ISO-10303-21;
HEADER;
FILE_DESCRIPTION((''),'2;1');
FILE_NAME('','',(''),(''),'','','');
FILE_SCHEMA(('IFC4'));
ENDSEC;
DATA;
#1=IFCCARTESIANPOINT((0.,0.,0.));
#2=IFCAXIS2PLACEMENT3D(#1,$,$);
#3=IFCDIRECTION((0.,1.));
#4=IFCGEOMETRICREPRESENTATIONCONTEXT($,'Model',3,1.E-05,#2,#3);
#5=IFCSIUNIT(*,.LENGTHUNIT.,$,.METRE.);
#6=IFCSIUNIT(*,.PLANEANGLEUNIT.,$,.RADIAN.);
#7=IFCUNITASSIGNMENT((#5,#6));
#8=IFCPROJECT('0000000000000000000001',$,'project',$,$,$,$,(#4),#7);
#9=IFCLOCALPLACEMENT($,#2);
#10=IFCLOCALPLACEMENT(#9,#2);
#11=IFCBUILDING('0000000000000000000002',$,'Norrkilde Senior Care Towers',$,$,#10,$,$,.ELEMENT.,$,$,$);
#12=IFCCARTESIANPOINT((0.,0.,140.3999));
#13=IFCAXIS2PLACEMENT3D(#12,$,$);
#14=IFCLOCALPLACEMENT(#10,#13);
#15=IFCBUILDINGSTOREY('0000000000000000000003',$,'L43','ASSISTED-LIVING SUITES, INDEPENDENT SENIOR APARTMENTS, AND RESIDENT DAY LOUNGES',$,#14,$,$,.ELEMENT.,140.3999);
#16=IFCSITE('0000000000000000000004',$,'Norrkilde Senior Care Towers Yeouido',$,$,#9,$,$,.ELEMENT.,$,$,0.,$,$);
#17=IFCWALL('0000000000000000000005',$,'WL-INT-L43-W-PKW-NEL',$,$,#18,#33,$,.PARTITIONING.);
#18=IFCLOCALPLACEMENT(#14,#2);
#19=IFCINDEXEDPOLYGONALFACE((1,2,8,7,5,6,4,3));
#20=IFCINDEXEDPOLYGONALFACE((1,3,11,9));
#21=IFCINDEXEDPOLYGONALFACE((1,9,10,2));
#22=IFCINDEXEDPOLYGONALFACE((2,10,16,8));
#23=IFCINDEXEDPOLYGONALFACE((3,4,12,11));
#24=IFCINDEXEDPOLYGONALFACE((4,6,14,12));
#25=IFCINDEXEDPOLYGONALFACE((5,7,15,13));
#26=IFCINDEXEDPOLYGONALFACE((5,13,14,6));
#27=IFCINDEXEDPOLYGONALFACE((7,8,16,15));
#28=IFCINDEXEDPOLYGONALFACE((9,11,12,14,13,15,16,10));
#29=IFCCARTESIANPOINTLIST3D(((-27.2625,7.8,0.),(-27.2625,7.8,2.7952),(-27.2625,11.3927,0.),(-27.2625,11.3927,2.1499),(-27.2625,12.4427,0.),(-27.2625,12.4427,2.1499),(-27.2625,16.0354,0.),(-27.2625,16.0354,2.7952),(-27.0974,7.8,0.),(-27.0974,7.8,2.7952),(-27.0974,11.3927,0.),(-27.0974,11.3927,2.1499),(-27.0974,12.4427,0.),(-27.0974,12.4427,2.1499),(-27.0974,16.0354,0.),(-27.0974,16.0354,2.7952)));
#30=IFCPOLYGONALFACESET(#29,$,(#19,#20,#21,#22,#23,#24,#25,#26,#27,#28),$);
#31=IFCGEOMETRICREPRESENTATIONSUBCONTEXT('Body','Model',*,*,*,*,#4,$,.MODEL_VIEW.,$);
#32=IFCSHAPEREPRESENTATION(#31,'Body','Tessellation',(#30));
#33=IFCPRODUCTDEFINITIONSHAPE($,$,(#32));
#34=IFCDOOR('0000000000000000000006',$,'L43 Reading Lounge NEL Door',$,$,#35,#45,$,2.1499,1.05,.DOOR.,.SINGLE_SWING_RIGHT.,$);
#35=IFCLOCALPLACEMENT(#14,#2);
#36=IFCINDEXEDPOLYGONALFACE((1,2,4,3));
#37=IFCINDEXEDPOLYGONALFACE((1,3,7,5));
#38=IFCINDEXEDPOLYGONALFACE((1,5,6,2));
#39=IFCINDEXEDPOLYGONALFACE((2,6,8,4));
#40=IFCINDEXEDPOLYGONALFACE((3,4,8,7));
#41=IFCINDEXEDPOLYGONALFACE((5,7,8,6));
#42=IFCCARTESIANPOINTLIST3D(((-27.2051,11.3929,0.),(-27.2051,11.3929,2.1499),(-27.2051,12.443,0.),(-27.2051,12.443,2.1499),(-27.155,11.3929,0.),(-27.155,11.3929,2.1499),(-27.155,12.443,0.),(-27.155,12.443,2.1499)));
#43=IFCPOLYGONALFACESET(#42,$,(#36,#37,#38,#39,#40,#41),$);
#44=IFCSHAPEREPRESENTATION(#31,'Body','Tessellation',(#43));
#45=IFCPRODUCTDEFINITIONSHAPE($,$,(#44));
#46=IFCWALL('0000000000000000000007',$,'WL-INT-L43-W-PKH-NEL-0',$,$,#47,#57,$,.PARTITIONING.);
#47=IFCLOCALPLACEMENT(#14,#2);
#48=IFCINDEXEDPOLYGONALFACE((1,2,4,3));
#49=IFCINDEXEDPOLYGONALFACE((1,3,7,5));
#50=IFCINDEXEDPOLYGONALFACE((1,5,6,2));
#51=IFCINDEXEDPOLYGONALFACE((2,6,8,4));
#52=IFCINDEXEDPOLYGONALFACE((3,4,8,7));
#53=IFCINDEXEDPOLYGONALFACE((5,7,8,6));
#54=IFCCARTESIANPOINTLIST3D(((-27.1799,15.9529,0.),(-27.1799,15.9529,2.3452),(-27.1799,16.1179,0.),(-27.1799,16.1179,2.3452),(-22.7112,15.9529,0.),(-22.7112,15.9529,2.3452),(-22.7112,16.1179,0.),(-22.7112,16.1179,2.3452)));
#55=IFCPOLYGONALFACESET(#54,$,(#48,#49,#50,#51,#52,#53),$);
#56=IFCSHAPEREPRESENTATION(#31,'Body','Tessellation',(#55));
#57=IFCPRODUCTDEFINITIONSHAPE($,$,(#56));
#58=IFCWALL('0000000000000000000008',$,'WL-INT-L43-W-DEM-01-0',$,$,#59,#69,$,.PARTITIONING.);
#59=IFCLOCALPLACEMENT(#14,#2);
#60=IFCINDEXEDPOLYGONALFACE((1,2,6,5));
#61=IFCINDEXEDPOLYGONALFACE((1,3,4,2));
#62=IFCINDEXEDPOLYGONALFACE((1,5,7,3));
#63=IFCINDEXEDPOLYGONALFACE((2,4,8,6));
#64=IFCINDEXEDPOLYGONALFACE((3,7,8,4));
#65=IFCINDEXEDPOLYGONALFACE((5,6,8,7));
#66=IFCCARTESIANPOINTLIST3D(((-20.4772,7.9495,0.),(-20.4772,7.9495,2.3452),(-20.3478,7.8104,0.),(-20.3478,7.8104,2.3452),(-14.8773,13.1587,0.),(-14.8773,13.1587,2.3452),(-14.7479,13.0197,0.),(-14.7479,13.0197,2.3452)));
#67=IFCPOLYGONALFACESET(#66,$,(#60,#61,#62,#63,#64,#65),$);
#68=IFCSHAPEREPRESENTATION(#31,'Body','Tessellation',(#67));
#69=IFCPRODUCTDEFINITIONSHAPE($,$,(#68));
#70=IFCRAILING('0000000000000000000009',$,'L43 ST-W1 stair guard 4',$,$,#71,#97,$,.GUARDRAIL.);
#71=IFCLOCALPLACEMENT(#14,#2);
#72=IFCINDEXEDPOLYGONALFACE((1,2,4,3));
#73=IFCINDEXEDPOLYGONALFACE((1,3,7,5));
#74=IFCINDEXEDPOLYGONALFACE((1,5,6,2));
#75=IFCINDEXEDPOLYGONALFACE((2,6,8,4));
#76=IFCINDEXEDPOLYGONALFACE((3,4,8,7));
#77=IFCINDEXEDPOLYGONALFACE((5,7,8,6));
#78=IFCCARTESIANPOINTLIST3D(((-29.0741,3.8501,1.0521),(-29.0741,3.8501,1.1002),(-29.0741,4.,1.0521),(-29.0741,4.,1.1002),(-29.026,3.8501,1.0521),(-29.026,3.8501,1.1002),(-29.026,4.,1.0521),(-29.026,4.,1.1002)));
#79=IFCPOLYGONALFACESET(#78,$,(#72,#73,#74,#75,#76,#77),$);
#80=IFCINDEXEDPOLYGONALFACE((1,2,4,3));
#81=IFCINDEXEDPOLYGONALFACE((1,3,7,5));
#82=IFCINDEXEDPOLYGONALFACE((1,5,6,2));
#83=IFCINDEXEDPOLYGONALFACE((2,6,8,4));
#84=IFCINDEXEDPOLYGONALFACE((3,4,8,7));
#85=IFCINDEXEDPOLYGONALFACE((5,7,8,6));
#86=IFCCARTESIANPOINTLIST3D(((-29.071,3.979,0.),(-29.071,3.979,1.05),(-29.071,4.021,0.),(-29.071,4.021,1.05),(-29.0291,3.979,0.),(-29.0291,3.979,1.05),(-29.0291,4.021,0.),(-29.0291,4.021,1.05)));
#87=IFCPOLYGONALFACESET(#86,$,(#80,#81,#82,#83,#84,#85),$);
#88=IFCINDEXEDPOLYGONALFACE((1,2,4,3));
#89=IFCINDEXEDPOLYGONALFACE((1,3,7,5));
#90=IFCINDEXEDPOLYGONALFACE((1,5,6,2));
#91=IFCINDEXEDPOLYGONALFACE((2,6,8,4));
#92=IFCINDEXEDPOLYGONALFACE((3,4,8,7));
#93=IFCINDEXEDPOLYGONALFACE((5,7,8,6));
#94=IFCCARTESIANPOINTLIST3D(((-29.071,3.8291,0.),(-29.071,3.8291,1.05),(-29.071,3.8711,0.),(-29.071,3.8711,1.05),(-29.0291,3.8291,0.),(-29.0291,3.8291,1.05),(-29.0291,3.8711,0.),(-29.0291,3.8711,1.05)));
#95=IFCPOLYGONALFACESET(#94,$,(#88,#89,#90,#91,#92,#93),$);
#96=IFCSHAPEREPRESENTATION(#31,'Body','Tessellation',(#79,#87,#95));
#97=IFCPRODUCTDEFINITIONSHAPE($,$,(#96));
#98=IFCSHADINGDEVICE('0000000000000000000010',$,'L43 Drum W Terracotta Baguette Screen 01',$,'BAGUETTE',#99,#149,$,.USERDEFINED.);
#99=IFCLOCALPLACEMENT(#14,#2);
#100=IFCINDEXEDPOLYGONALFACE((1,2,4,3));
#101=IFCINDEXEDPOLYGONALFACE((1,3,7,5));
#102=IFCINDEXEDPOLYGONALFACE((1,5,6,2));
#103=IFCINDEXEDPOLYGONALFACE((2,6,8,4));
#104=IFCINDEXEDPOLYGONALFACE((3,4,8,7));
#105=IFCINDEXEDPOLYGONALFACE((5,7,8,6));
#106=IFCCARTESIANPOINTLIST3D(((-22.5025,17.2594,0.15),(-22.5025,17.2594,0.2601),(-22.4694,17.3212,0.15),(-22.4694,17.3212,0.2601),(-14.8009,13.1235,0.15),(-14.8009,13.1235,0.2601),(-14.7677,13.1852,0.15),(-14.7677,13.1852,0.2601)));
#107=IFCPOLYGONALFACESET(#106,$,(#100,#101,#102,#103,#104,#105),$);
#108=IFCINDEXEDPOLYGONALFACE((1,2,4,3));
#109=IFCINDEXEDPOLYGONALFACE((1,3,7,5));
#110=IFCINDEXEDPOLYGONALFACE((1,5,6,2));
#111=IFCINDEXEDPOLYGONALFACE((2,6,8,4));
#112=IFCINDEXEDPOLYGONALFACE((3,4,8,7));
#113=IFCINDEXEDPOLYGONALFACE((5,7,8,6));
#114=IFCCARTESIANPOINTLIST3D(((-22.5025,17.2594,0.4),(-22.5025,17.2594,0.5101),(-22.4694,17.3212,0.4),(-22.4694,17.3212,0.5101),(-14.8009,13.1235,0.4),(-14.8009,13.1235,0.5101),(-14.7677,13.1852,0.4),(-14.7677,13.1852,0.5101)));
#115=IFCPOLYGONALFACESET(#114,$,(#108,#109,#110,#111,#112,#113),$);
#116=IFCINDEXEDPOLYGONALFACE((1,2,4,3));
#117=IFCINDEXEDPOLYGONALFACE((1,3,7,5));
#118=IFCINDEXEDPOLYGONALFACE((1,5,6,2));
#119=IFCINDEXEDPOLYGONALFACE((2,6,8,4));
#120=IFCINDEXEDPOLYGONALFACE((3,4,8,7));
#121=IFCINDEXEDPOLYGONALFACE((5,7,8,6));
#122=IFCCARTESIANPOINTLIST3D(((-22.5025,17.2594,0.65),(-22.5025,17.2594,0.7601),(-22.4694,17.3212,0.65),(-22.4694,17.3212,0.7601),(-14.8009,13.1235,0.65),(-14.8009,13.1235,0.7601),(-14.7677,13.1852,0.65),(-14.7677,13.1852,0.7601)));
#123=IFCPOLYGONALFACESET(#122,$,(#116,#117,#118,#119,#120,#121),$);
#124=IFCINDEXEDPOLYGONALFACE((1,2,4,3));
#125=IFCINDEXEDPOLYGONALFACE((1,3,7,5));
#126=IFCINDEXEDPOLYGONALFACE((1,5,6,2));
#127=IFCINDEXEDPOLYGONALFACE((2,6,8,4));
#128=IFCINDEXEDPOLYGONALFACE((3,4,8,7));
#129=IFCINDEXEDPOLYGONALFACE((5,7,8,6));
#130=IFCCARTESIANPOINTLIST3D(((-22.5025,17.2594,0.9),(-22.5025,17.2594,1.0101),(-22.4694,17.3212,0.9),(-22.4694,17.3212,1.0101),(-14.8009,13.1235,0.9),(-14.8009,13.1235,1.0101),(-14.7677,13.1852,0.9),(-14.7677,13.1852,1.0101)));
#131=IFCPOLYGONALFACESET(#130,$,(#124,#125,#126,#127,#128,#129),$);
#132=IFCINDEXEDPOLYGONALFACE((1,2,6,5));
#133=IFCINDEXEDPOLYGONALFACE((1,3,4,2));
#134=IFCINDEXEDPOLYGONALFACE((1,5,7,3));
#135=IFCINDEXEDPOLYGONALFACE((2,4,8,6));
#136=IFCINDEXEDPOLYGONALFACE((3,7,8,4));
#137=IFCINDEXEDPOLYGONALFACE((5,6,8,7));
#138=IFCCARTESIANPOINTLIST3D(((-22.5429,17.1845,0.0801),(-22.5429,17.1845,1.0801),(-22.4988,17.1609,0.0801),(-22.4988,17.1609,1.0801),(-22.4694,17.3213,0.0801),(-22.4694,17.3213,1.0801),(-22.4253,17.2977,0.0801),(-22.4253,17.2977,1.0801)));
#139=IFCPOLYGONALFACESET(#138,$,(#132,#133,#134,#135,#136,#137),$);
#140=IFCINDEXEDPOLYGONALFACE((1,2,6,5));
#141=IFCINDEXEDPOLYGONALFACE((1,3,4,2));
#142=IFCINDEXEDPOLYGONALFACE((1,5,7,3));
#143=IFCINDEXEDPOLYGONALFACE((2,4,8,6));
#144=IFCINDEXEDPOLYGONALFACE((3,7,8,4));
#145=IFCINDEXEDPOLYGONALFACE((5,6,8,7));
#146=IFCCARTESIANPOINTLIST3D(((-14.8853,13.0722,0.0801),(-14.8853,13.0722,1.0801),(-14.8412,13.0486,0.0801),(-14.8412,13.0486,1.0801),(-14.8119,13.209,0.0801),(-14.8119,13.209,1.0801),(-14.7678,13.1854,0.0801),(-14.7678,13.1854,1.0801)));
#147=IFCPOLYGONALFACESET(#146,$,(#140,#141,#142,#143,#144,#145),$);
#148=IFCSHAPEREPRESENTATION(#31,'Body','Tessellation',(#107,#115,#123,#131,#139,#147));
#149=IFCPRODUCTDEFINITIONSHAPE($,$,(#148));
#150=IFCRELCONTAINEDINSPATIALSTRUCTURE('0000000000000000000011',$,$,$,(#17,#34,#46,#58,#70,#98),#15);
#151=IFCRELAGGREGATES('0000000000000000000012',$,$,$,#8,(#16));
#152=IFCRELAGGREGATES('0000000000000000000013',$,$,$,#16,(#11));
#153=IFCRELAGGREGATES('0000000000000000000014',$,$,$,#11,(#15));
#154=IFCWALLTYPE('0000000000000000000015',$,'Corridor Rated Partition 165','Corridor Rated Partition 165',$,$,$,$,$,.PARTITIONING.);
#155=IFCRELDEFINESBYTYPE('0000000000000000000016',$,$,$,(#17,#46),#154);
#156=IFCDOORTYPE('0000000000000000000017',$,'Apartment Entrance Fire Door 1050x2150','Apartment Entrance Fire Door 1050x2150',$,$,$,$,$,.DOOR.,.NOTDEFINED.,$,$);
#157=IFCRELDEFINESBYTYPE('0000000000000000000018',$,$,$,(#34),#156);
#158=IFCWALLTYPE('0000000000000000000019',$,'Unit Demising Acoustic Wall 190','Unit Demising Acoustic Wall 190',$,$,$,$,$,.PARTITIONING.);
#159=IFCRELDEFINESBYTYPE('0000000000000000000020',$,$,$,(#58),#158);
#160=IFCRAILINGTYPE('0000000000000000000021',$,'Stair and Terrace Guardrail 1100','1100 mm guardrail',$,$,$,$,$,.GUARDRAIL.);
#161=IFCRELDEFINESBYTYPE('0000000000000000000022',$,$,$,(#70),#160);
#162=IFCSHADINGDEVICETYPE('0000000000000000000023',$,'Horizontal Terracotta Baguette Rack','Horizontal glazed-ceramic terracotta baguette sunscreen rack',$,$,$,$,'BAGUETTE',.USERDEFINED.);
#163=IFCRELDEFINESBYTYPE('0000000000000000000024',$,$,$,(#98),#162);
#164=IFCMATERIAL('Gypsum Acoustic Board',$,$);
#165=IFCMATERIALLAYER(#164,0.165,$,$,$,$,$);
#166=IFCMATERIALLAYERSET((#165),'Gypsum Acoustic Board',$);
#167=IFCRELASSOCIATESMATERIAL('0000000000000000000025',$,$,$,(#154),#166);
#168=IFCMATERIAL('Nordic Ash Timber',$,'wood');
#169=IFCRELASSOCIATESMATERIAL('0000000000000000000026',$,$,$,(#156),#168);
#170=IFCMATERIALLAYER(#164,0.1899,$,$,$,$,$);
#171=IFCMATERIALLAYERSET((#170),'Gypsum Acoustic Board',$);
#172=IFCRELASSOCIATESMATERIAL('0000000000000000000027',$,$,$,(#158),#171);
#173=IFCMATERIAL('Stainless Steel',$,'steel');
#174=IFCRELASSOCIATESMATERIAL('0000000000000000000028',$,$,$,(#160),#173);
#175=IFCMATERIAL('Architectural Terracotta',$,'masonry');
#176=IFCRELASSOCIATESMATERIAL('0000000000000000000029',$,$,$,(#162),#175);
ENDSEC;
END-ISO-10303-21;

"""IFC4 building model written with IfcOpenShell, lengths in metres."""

from ifc_helpers import new_model, si_unit, direction, frame, frame_2d, origin, origin_2d, place, context, subcontext, project, spatial, rectangle, extrude, source, transform, mapped, material, layer, layer_set, type_object, type_shapes, element, fill, save


model = new_model("IFC4")

# Units and contexts
model_context = context("Model", 3, precision=1e-05, world=origin(), true_north=direction((0.0, 1.0)))
body_context = subcontext(model_context, "Body", "Model", "MODEL_VIEW")
ifc_project = project(units=[si_unit("LENGTHUNIT", "METRE"), si_unit("PLANEANGLEUNIT", "RADIAN")], contexts=[model_context])

# Site, building, storey
site_placement = place(None, origin())
site = spatial("IfcSite", under=ifc_project, at=site_placement, Name="Norrkilde Senior Care Towers Yeouido", CompositionType="ELEMENT", RefElevation=0.0)
building_placement = place(site_placement, origin())
building = spatial("IfcBuilding", under=site, at=building_placement, Name="Norrkilde Senior Care Towers", CompositionType="ELEMENT")
storey_placement = place(building_placement, frame((0.0, 0.0, 140.3999)))
storey = spatial("IfcBuildingStorey", under=building, at=storey_placement, Name="L43", Description="ASSISTED-LIVING SUITES, INDEPENDENT SENIOR APARTMENTS, AND RESIDENT DAY LOUNGES", CompositionType="ELEMENT", Elevation=140.3999)

# Shared definitions
ifc_material_1 = material(Name="Stainless Steel", Category="steel")

# Shared definitions
ifc_material_2 = material(Name="Gypsum Acoustic Board")
ifc_layer_1 = layer(ifc_material_2, 0.165)
ifc_layer_set_1 = layer_set([ifc_layer_1], Name="Gypsum Acoustic Board")
wall_type_1 = type_object("IfcWallType", Name="Corridor Rated Partition 165", Description="Corridor Rated Partition 165", PredefinedType="PARTITIONING", material=ifc_layer_set_1)
ifc_material_3 = material(Name="Nordic Ash Timber", Category="wood")

# Wall, opening, door
shared_shape_1 = source(origin(), body_context, "Body", "SweptSolid", [
    extrude(rectangle(XDim=8.2354, YDim=0.165, at=frame_2d((4.1177, 0.0))), origin(), (0.0, 0.0, 1.0), 2.7952),
])
door_type_1 = type_object("IfcDoorType", Name="Apartment Entrance Fire Door 1050x2150", Description="Apartment Entrance Fire Door 1050x2150", OperationType="NOTDEFINED", PredefinedType="DOOR", material=ifc_material_3)
shared_shape_2 = source(origin(), body_context, "Body", "SweptSolid", [
    extrude(rectangle(XDim=1.05, YDim=2.1499, at=frame_2d((0.5249, 1.075))), frame((0.0, 0.0249, 0.0), z_axis=(0.0, -1.0, 0.0), x_axis=(1.0, 0.0, 0.0)), (0.0, 0.0, 1.0), 0.05),
])
type_shapes(door_type_1, [shared_shape_2])
wall_1_placement = place(storey_placement, frame((-27.1799, 7.8, 0.0), z_axis=(0.0, 0.0, 1.0), x_axis=(0.0, 1.0, 0.0)))
wall_1 = element("IfcWall", 1, at=wall_1_placement, inside=storey, type_object=wall_type_1, Name="WL-INT-L43-W-PKW-NEL", PredefinedType="PARTITIONING", context=body_context, shape_type="MappedRepresentation", body=[
    mapped(shared_shape_1, transform((0.0, 0.0, 0.0), x_axis=(1.0, 0.0, 0.0), y_axis=(0.0, 1.0, 0.0), z_axis=(0.0, 0.0, 1.0), scale=1.0)),
])
opening_1_placement = place(wall_1_placement, frame((3.5928, 0.0, 0.0)))
opening_1 = element("IfcOpeningElement", 2, at=opening_1_placement, cuts=wall_1, PredefinedType="OPENING", context=body_context, shape_type="SweptSolid", body=[
    extrude(rectangle(XDim=1.05, YDim=2.1499, at=frame_2d((0.5249, 1.075))), frame((0.0, 0.0925, 0.0), z_axis=(0.0, -1.0, 0.0), x_axis=(1.0, 0.0, 0.0)), (0.0, 0.0, 1.0), 0.1851),
])
door_1_placement = place(opening_1_placement, frame((1.05, 0.0, 0.0), z_axis=(0.0, 0.0, 1.0), x_axis=(-1.0, 0.0, 0.0)))
door_1 = element("IfcDoor", 3, at=door_1_placement, inside=storey, type_object=door_type_1, Name="L43 Reading Lounge NEL Door", OperationType="SINGLE_SWING_RIGHT", OverallHeight=2.1499, OverallWidth=1.05, PredefinedType="DOOR", context=body_context, shape_type="MappedRepresentation", body=[
    mapped(shared_shape_2, transform((0.0, 0.0, 0.0), x_axis=(1.0, 0.0, 0.0), y_axis=(0.0, 1.0, 0.0), z_axis=(0.0, 0.0, 1.0), scale=1.0)),
])
fill(opening_1, door_1)

# Walls
shared_shape_3 = source(origin(), body_context, "Body", "SweptSolid", [
    extrude(rectangle(XDim=4.4688, YDim=0.165, at=frame_2d((2.2344, 0.0))), origin(), (0.0, 0.0, 1.0), 2.3452),
])
wall_2_placement = place(storey_placement, frame((-27.1799, 16.0354, 0.0), z_axis=(0.0, 0.0, 1.0), x_axis=(1.0, 0.0, 0.0)))
element("IfcWall", 4, at=wall_2_placement, inside=storey, type_object=wall_type_1, Name="WL-INT-L43-W-PKH-NEL-0", PredefinedType="PARTITIONING", context=body_context, shape_type="MappedRepresentation", body=[
    mapped(shared_shape_3, transform((0.0, 0.0, 0.0), x_axis=(1.0, 0.0, 0.0), y_axis=(0.0, 1.0, 0.0), z_axis=(0.0, 0.0, 1.0), scale=1.0)),
])
ifc_layer_2 = layer(ifc_material_2, 0.1899)
ifc_layer_set_2 = layer_set([ifc_layer_2], Name="Gypsum Acoustic Board")
wall_type_2 = type_object("IfcWallType", Name="Unit Demising Acoustic Wall 190", Description="Unit Demising Acoustic Wall 190", PredefinedType="PARTITIONING", material=ifc_layer_set_2)
shared_shape_4 = source(origin(), body_context, "Body", "SweptSolid", [
    extrude(rectangle(XDim=7.6482, YDim=0.1899, at=frame_2d((3.8242, 0.0))), origin(), (0.0, 0.0, 1.0), 2.3452),
])
type_shapes(wall_type_2, [shared_shape_4])
wall_3_placement = place(storey_placement, frame((-20.4126, 7.8799, 0.0), z_axis=(0.0, 0.0, 1.0), x_axis=(0.732183, 0.681108, 0.0)))
element("IfcWall", 5, at=wall_3_placement, inside=storey, type_object=wall_type_2, Name="WL-INT-L43-W-DEM-01-0", PredefinedType="PARTITIONING", context=body_context, shape_type="MappedRepresentation", body=[
    mapped(shared_shape_4, transform((0.0, 0.0, 0.0), x_axis=(1.0, 0.0, 0.0), y_axis=(0.0, 1.0, 0.0), z_axis=(0.0, 0.0, 1.0), scale=1.0)),
])

# Railing
railing_type_1 = type_object("IfcRailingType", Name="Stair and Terrace Guardrail 1100", Description="1100 mm guardrail", PredefinedType="GUARDRAIL", material=ifc_material_1)
railing_1_placement = place(storey_placement, frame((-29.05, 4.0, 0.0)))
element("IfcRailing", 6, at=railing_1_placement, inside=storey, type_object=railing_type_1, Name="L43 ST-W1 stair guard 4", PredefinedType="GUARDRAIL", context=body_context, shape_type="SweptSolid", body=[
    extrude(rectangle(XDim=0.0481, YDim=0.0481, at=origin_2d()), frame((0.0, 0.0, 1.0762), z_axis=(0.0, -1.0, 0.0), x_axis=(1.0, 0.0, 0.0)), (0.0, 0.0, 1.0), 0.1499),
    extrude(rectangle(XDim=0.042, YDim=0.042, at=origin_2d()), origin(), (0.0, 0.0, 1.0), 1.05),
    extrude(rectangle(XDim=0.042, YDim=0.042, at=origin_2d()), frame((0.0, -0.1499, 0.0)), (0.0, 0.0, 1.0), 1.05),
])

# Shading device
ifc_material_4 = material(Name="Architectural Terracotta", Category="masonry")
shading_device_type = type_object("IfcShadingDeviceType", Name="Horizontal Terracotta Baguette Rack", Description="Horizontal glazed-ceramic terracotta baguette sunscreen rack", ElementType="BAGUETTE", PredefinedType="USERDEFINED", material=ifc_material_4)
shared_shape_5 = source(origin(), body_context, "Body", "SweptSolid", [
    extrude(rectangle(XDim=0.0701, YDim=0.1101, at=origin_2d()), frame((0.0, 0.0901, 0.125), z_axis=(1.0, 0.0, 0.0), x_axis=(0.0, 1.0, 0.0)), (0.0, 0.0, 1.0), 8.7419),
    extrude(rectangle(XDim=0.0701, YDim=0.1101, at=origin_2d()), frame((0.0, 0.0901, 0.375), z_axis=(1.0, 0.0, 0.0), x_axis=(0.0, 1.0, 0.0)), (0.0, 0.0, 1.0), 8.7419),
    extrude(rectangle(XDim=0.0701, YDim=0.1101, at=origin_2d()), frame((0.0, 0.0901, 0.625), z_axis=(1.0, 0.0, 0.0), x_axis=(0.0, 1.0, 0.0)), (0.0, 0.0, 1.0), 8.7419),
    extrude(rectangle(XDim=0.0701, YDim=0.1101, at=origin_2d()), frame((0.0, 0.0901, 0.875), z_axis=(1.0, 0.0, 0.0), x_axis=(0.0, 1.0, 0.0)), (0.0, 0.0, 1.0), 8.7419),
    extrude(rectangle(XDim=0.05, YDim=0.1553, at=origin_2d()), frame((0.0249, 0.0476, 0.0)), (0.0, 0.0, 1.0), 1.0),
    extrude(rectangle(XDim=0.05, YDim=0.1553, at=origin_2d()), frame((8.7168, 0.0476, 0.0)), (0.0, 0.0, 1.0), 1.0),
])
type_shapes(shading_device_type, [shared_shape_5])
shading_device_placement = place(storey_placement, frame((-22.5286, 17.2109, 0.0801), z_axis=(0.0, 0.0, 1.0), x_axis=(0.881001, -0.47312, 0.0)))
element("IfcShadingDevice", 7, at=shading_device_placement, inside=storey, type_object=shading_device_type, Name="L43 Drum W Terracotta Baguette Screen 01", ObjectType="BAGUETTE", PredefinedType="USERDEFINED", context=body_context, shape_type="MappedRepresentation", body=[
    mapped(shared_shape_5, transform((0.0, 0.0, 0.0), x_axis=(1.0, 0.0, 0.0), y_axis=(0.0, 1.0, 0.0), z_axis=(0.0, 0.0, 1.0), scale=1.0)),
])

save(model, "model.ifc")
